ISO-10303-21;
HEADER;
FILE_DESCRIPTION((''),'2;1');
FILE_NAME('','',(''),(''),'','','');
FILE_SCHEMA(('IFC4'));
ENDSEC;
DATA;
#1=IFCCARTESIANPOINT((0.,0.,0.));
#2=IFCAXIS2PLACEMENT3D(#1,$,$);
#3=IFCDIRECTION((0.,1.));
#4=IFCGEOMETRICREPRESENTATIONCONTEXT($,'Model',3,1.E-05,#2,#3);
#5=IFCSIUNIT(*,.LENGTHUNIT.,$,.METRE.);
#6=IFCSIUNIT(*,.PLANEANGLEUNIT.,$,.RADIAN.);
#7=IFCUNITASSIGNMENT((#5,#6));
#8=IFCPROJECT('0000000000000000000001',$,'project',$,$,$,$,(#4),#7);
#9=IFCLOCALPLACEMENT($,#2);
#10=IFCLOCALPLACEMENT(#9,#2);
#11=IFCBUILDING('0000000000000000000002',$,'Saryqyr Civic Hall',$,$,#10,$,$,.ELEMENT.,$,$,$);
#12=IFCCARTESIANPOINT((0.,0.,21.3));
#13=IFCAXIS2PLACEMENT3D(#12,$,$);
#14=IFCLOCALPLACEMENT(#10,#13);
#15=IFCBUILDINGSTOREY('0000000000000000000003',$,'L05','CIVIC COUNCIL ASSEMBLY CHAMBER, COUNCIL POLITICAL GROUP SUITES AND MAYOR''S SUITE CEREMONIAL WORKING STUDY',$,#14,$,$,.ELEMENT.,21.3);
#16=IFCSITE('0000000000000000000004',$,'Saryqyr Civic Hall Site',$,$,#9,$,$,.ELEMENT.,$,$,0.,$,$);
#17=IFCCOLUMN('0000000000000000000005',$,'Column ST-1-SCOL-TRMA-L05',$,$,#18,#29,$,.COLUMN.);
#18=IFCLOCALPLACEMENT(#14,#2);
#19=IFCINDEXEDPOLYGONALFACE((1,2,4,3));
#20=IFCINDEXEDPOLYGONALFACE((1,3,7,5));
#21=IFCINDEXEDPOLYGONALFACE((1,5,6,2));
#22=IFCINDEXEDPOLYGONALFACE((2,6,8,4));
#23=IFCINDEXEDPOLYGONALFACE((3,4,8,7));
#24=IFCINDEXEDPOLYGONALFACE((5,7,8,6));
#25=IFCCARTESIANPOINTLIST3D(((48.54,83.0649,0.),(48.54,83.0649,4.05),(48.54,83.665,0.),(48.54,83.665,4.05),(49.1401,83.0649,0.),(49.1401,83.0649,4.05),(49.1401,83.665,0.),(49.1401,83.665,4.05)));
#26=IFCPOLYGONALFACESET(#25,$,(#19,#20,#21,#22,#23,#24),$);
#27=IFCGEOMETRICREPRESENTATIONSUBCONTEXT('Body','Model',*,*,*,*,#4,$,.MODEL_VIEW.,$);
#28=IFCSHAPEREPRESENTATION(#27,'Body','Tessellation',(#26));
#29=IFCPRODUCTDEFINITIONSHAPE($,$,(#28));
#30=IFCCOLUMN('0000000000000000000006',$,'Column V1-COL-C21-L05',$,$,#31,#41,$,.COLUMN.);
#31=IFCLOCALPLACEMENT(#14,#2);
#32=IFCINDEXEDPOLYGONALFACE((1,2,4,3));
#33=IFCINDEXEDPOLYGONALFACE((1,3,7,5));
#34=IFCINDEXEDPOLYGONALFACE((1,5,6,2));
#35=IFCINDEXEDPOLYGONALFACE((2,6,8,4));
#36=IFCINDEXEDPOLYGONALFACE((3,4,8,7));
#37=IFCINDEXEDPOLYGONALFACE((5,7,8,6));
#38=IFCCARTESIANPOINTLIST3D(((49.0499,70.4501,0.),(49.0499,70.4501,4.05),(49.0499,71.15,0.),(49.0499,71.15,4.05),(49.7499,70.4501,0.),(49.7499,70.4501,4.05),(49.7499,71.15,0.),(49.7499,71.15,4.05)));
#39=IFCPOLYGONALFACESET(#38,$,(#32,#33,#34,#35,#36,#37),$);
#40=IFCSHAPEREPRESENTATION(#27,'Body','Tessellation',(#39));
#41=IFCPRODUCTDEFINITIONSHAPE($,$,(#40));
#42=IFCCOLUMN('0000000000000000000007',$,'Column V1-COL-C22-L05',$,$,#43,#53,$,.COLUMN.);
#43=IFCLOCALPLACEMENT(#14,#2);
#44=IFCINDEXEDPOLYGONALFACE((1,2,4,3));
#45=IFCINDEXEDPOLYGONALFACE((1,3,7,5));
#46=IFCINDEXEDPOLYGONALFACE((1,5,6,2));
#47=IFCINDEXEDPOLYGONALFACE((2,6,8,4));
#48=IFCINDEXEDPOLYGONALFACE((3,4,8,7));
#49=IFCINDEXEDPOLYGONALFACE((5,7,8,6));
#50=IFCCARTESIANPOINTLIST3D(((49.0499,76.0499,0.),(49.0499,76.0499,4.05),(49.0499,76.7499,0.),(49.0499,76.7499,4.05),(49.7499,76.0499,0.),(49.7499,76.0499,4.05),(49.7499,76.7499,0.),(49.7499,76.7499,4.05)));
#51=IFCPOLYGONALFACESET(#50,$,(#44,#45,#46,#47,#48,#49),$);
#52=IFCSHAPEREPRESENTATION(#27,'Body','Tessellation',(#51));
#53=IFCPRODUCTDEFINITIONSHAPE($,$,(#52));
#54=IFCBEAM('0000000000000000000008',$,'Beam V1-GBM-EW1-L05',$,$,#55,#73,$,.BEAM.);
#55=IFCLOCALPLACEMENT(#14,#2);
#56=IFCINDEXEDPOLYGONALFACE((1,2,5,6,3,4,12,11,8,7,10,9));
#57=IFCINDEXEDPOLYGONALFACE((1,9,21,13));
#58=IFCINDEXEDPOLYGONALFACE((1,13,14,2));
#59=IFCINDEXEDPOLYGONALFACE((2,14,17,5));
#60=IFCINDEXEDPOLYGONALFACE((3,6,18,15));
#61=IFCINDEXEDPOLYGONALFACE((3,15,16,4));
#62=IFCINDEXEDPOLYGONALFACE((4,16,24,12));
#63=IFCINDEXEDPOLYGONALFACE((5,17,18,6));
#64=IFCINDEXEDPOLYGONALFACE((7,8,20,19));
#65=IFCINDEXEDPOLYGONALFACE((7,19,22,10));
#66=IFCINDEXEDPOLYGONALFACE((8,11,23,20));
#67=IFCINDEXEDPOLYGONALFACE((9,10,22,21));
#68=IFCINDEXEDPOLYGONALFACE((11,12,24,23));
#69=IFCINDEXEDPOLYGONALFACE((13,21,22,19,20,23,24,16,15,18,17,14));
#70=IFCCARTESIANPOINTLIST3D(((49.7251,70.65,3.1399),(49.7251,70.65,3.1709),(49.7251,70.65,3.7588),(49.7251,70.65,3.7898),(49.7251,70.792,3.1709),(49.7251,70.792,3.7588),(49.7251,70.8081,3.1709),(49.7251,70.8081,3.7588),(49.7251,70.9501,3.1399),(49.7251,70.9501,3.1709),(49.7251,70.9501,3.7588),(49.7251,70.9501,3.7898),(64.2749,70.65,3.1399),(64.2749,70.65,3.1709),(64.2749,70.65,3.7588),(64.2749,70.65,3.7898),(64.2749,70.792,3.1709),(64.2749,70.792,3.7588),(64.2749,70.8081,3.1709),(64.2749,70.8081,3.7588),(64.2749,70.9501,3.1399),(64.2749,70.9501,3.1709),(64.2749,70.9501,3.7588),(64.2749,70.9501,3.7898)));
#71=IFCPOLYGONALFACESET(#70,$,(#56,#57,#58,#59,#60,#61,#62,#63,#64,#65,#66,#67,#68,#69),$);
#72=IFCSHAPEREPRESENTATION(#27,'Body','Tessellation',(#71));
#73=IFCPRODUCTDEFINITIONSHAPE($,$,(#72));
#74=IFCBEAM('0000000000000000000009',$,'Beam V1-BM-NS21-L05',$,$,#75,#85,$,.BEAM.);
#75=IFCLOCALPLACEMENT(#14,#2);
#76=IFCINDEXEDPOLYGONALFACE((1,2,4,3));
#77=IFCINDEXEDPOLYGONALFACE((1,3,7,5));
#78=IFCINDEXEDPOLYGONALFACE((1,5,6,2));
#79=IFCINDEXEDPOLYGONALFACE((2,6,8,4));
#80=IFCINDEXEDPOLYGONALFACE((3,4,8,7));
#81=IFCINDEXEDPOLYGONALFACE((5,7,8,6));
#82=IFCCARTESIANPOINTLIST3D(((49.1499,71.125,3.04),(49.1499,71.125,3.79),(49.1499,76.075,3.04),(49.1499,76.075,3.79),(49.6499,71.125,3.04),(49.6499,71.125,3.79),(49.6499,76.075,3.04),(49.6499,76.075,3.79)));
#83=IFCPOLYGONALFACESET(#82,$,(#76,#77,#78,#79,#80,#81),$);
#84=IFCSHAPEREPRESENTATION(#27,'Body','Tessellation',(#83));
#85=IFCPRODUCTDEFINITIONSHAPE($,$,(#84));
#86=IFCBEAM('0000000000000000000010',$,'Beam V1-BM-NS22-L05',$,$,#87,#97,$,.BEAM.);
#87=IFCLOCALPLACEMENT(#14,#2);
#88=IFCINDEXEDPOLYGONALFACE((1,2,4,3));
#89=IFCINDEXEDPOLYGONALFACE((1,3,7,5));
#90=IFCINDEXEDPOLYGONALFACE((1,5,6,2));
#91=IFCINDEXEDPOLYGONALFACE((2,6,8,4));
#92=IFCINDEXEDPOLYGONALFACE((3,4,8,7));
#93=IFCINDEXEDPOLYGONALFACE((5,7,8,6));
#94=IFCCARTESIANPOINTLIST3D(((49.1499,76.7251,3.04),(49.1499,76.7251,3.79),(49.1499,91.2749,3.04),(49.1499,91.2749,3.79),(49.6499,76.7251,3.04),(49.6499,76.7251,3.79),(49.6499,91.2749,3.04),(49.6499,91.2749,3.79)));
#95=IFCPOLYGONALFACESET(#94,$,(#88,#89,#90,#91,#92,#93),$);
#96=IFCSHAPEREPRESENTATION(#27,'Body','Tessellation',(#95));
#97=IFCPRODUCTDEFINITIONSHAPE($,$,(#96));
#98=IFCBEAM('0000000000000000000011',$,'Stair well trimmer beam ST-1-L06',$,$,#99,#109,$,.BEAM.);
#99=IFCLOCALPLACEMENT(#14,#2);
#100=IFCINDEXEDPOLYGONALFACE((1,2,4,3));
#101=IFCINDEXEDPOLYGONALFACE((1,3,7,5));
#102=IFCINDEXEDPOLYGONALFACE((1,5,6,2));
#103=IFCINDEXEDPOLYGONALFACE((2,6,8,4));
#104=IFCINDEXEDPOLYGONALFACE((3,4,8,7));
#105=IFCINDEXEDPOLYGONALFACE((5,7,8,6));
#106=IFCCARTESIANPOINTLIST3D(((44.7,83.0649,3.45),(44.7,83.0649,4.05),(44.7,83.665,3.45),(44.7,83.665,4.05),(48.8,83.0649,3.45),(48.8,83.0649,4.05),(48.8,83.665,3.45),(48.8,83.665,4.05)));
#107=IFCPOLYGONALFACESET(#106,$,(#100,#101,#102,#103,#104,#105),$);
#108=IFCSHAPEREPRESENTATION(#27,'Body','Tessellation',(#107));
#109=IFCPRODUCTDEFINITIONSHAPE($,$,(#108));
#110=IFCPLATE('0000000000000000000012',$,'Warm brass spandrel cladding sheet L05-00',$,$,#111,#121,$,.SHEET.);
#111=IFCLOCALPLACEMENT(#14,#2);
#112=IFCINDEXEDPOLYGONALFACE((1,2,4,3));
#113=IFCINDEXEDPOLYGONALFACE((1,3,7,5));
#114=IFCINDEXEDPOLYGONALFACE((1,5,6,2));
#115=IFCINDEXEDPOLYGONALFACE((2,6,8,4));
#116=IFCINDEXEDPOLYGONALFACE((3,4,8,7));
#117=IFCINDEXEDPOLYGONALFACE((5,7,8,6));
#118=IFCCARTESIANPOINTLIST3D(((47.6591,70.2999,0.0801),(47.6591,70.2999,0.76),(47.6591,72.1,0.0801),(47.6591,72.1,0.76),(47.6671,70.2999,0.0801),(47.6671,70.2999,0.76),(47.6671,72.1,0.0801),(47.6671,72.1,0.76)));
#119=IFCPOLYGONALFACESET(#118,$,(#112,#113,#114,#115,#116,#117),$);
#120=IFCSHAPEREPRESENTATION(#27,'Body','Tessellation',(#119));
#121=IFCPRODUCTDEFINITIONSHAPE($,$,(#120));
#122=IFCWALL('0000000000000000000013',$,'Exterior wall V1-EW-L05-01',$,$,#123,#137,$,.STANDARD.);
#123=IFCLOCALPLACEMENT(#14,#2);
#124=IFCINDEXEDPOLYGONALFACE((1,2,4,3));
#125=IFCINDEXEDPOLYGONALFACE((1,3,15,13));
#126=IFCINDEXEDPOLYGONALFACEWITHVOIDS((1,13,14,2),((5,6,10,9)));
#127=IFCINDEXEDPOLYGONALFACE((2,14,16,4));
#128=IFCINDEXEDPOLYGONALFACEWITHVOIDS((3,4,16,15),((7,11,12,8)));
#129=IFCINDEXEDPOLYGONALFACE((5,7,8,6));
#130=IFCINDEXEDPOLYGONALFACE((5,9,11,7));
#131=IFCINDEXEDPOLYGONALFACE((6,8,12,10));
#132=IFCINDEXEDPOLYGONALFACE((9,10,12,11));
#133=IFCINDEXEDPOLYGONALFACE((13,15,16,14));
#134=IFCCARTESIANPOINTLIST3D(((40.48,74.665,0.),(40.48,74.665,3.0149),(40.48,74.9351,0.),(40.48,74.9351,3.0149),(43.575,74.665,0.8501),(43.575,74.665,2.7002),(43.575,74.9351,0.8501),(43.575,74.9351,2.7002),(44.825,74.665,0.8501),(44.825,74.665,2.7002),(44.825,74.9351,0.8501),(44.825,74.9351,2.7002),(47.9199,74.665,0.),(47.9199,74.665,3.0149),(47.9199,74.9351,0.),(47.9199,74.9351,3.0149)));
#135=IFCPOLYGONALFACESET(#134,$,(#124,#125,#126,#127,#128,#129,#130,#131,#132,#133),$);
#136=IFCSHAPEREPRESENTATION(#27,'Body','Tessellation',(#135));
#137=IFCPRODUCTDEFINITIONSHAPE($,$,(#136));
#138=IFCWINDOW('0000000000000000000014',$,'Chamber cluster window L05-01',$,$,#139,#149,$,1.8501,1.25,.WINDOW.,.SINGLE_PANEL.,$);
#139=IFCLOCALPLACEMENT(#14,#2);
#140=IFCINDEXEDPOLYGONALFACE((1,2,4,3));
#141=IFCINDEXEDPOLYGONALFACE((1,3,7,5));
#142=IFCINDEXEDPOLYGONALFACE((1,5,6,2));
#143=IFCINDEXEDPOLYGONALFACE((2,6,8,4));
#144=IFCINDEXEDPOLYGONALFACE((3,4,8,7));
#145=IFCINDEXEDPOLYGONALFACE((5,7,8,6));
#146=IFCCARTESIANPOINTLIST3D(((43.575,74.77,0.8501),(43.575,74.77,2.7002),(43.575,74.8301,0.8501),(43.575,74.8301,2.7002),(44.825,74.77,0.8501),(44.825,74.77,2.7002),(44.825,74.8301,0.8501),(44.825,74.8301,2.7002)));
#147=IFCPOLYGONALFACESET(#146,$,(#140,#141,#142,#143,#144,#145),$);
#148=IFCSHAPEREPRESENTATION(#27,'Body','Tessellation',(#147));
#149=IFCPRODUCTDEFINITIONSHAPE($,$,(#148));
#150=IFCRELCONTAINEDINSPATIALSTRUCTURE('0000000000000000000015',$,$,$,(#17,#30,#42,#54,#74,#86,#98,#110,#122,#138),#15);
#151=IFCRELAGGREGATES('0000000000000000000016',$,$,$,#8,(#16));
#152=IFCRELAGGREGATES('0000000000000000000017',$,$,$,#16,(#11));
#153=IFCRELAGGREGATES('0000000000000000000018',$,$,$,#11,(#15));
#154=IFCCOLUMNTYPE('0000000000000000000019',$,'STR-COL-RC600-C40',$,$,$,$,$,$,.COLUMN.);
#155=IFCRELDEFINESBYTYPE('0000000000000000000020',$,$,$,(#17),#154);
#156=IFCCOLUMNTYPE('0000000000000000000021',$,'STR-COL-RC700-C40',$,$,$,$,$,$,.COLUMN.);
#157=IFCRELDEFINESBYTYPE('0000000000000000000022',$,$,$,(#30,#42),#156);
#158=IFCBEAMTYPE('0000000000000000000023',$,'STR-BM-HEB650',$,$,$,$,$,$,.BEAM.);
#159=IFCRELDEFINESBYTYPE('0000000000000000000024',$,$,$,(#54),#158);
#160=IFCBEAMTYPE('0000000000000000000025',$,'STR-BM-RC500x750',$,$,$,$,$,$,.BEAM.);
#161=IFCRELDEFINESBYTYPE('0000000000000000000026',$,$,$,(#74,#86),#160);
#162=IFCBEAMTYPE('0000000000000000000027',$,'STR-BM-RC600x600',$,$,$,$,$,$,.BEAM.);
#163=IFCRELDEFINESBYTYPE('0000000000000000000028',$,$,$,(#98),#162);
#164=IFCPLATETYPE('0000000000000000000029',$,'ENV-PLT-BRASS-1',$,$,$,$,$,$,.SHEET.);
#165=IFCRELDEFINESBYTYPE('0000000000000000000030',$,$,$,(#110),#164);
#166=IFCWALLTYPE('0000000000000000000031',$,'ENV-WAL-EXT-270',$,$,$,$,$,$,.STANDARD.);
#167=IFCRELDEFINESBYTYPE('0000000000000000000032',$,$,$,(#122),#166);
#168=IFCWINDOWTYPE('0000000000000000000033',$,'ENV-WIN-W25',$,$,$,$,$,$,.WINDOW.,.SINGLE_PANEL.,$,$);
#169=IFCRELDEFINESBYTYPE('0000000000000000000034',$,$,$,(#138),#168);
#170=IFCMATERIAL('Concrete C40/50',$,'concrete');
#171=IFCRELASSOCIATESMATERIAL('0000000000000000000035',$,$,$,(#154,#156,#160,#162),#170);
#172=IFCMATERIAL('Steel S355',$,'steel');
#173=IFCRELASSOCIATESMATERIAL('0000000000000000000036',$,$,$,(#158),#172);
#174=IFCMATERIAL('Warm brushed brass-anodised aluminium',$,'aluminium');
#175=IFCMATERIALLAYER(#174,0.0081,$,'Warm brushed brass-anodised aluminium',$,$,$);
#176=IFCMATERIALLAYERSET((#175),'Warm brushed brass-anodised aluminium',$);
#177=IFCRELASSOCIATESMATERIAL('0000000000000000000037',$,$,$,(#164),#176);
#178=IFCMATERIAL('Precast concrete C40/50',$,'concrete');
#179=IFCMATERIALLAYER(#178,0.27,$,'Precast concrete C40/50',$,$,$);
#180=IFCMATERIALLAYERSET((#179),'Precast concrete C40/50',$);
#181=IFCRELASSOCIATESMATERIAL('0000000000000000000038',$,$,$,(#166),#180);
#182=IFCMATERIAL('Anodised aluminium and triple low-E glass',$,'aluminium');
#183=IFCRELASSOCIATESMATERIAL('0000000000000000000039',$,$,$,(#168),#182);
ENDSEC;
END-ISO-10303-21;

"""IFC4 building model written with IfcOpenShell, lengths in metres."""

from ifc_helpers import new_model, si_unit, direction, frame, frame_2d, origin, origin_2d, place, context, subcontext, project, spatial, rectangle, i_section, extrude, material, layer, layer_set, material_profile, profile_set, type_object, element, fill, save


model = new_model("IFC4")

# Units and contexts
model_context = context("Model", 3, precision=1e-05, world=origin(), true_north=direction((0.0, 1.0)))
body_context = subcontext(model_context, "Body", "Model", "MODEL_VIEW")
ifc_project = project(units=[si_unit("LENGTHUNIT", "METRE"), si_unit("PLANEANGLEUNIT", "RADIAN")], contexts=[model_context])

# Site, building, storey
site_placement = place(None, origin())
site = spatial("IfcSite", under=ifc_project, at=site_placement, Name="Saryqyr Civic Hall Site", CompositionType="ELEMENT", RefElevation=0.0)
building_placement = place(site_placement, origin())
building = spatial("IfcBuilding", under=site, at=building_placement, Name="Saryqyr Civic Hall", CompositionType="ELEMENT")
storey_placement = place(building_placement, frame((0.0, 0.0, 21.3)))
storey = spatial("IfcBuildingStorey", under=building, at=storey_placement, Name="L05", Description="CIVIC COUNCIL ASSEMBLY CHAMBER, COUNCIL POLITICAL GROUP SUITES AND MAYOR'S SUITE CEREMONIAL WORKING STUDY", CompositionType="ELEMENT", Elevation=21.3)

# Columns
ifc_material_1 = material(Name="Concrete C40/50", Category="concrete")
ifc_material_profile_1 = material_profile(ifc_material_1, rectangle(XDim=0.6001, YDim=0.6001, at=origin_2d()), Name="RC 600x600")
ifc_profile_set_1 = profile_set([ifc_material_profile_1], Name="Concrete C40/50")
column_type_1 = type_object("IfcColumnType", Name="STR-COL-RC600-C40", PredefinedType="COLUMN", material=ifc_profile_set_1)
column_placement = place(storey_placement, frame((48.8401, 83.365, 0.0), z_axis=(0.0, 0.0, 1.0), x_axis=(1.0, 0.0, 0.0)))
element("IfcColumn", 1, at=column_placement, inside=storey, type_object=column_type_1, Name="Column ST-1-SCOL-TRMA-L05", PredefinedType="COLUMN", context=body_context, shape_type="SweptSolid", body=[
    extrude(rectangle(XDim=0.6001, YDim=0.6001, at=origin_2d()), origin(), (0.0, 0.0, 1.0), 4.05),
])
ifc_material_profile_2 = material_profile(ifc_material_1, rectangle(XDim=0.7, YDim=0.7, at=origin_2d()), Name="RC 700x700")
ifc_profile_set_2 = profile_set([ifc_material_profile_2], Name="Concrete C40/50")
column_type_2 = type_object("IfcColumnType", Name="STR-COL-RC700-C40", PredefinedType="COLUMN", material=ifc_profile_set_2)
for number, where, z_axis, x_axis, name in (
    (2, (49.3999, 70.8, 0.0), (0.0, 0.0, 1.0), (1.0, 0.0, 0.0), "Column V1-COL-C21-L05"),
    (3, (49.3999, 76.3999, 0.0), (0.0, 0.0, 1.0), (1.0, 0.0, 0.0), "Column V1-COL-C22-L05"),
):
    element("IfcColumn", number, at=place(storey_placement, frame(where, z_axis=z_axis, x_axis=x_axis)), inside=storey, type_object=column_type_2, Name=name, PredefinedType="COLUMN", context=body_context, shape_type="SweptSolid", body=[
        extrude(rectangle(XDim=0.7, YDim=0.7, at=origin_2d()), origin(), (0.0, 0.0, 1.0), 4.05),
    ])

# Beams
ifc_material_2 = material(Name="Steel S355", Category="steel")
ifc_material_profile_3 = material_profile(ifc_material_2, i_section(OverallWidth=0.3, OverallDepth=0.6499, WebThickness=0.0161, FlangeThickness=0.031, at=origin_2d()), Name="HEB 650")
ifc_profile_set_3 = profile_set([ifc_material_profile_3], Name="Steel S355")
beam_type_1 = type_object("IfcBeamType", Name="STR-BM-HEB650", PredefinedType="BEAM", material=ifc_profile_set_3)
beam_1_placement = place(storey_placement, frame((49.7251, 70.8, 3.4648), z_axis=(1.0, 0.0, 0.0), x_axis=(0.0, 1.0, 0.0)))
element("IfcBeam", 4, at=beam_1_placement, inside=storey, type_object=beam_type_1, Name="Beam V1-GBM-EW1-L05", PredefinedType="BEAM", context=body_context, shape_type="SweptSolid", body=[
    extrude(i_section(OverallWidth=0.3, OverallDepth=0.6499, WebThickness=0.0161, FlangeThickness=0.031, at=origin_2d()), origin(), (0.0, 0.0, 1.0), 14.5498),
])
ifc_material_profile_4 = material_profile(ifc_material_1, rectangle(XDim=0.5, YDim=0.75, at=origin_2d()), Name="RC 500x750")
ifc_profile_set_4 = profile_set([ifc_material_profile_4], Name="Concrete C40/50")
beam_type_2 = type_object("IfcBeamType", Name="STR-BM-RC500x750", PredefinedType="BEAM", material=ifc_profile_set_4)
beam_2_placement = place(storey_placement, frame((49.3999, 71.125, 3.415), z_axis=(0.0, 1.0, 0.0), x_axis=(-1.0, 0.0, 0.0)))
element("IfcBeam", 5, at=beam_2_placement, inside=storey, type_object=beam_type_2, Name="Beam V1-BM-NS21-L05", PredefinedType="BEAM", context=body_context, shape_type="SweptSolid", body=[
    extrude(rectangle(XDim=0.5, YDim=0.75, at=origin_2d()), origin(), (0.0, 0.0, 1.0), 4.95),
])
beam_3_placement = place(storey_placement, frame((49.3999, 76.7251, 3.415), z_axis=(0.0, 1.0, 0.0), x_axis=(-1.0, 0.0, 0.0)))
element("IfcBeam", 6, at=beam_3_placement, inside=storey, type_object=beam_type_2, Name="Beam V1-BM-NS22-L05", PredefinedType="BEAM", context=body_context, shape_type="SweptSolid", body=[
    extrude(rectangle(XDim=0.5, YDim=0.75, at=origin_2d()), origin(), (0.0, 0.0, 1.0), 14.5498),
])
ifc_material_profile_5 = material_profile(ifc_material_1, rectangle(XDim=0.6001, YDim=0.6001, at=origin_2d()), Name="RC 600x600")
ifc_profile_set_5 = profile_set([ifc_material_profile_5], Name="Concrete C40/50")
beam_type_3 = type_object("IfcBeamType", Name="STR-BM-RC600x600", PredefinedType="BEAM", material=ifc_profile_set_5)
beam_4_placement = place(storey_placement, frame((48.8, 83.365, 3.75), z_axis=(-1.0, 0.0, 0.0), x_axis=(0.0, -1.0, 0.0)))
element("IfcBeam", 7, at=beam_4_placement, inside=storey, type_object=beam_type_3, Name="Stair well trimmer beam ST-1-L06", PredefinedType="BEAM", context=body_context, shape_type="SweptSolid", body=[
    extrude(rectangle(XDim=0.6001, YDim=0.6001, at=origin_2d()), origin(), (0.0, 0.0, 1.0), 4.1001),
])

# Plate
ifc_material_3 = material(Name="Warm brushed brass-anodised aluminium", Category="aluminium")
ifc_layer_1 = layer(ifc_material_3, 0.0081, Name="Warm brushed brass-anodised aluminium")
ifc_layer_set_1 = layer_set([ifc_layer_1], Name="Warm brushed brass-anodised aluminium")
plate_type = type_object("IfcPlateType", Name="ENV-PLT-BRASS-1", PredefinedType="SHEET", material=ifc_layer_set_1)
plate_placement = place(storey_placement, frame((47.6631, 71.2, 0.0801), z_axis=(0.0, 0.0, 1.0), x_axis=(0.0, 1.0, 0.0)))
element("IfcPlate", 8, at=plate_placement, inside=storey, type_object=plate_type, Name="Warm brass spandrel cladding sheet L05-00", PredefinedType="SHEET", context=body_context, shape_type="SweptSolid", body=[
    extrude(rectangle(XDim=1.8, YDim=0.0081, at=origin_2d()), origin(), (0.0, 0.0, 1.0), 0.6799),
])

# Wall, opening, window
ifc_material_4 = material(Name="Precast concrete C40/50", Category="concrete")
ifc_layer_2 = layer(ifc_material_4, 0.27, Name="Precast concrete C40/50")
ifc_layer_set_2 = layer_set([ifc_layer_2], Name="Precast concrete C40/50")
wall_type_1 = type_object("IfcWallType", Name="ENV-WAL-EXT-270", PredefinedType="STANDARD", material=ifc_layer_set_2)
wall_1_placement = place(storey_placement, frame((47.9199, 74.8, 0.0), z_axis=(0.0, 0.0, 1.0), x_axis=(-1.0, 0.0, 0.0)))
wall_1 = element("IfcWall", 9, at=wall_1_placement, inside=storey, type_object=wall_type_1, Name="Exterior wall V1-EW-L05-01", PredefinedType="STANDARD", context=body_context, shape_type="SweptSolid", body=[
    extrude(rectangle(XDim=7.4399, YDim=0.27, at=frame_2d((3.72, 0.0))), origin(), (0.0, 0.0, 1.0), 3.0149),
])
opening_1_placement = place(wall_1_placement, frame((3.095, 0.0, 0.8501)))
opening_1 = element("IfcOpeningElement", 10, at=opening_1_placement, cuts=wall_1, PredefinedType="OPENING", context=body_context, shape_type="SweptSolid", body=[
    extrude(rectangle(XDim=1.25, YDim=1.8501, at=frame_2d((0.625, 0.925))), frame((0.0, 0.145, 0.0), z_axis=(0.0, -1.0, 0.0), x_axis=(1.0, 0.0, 0.0)), (0.0, 0.0, 1.0), 0.29),
])
ifc_material_5 = material(Name="Anodised aluminium and triple low-E glass", Category="aluminium")
window_type = type_object("IfcWindowType", Name="ENV-WIN-W25", PartitioningType="SINGLE_PANEL", PredefinedType="WINDOW", material=ifc_material_5)
window_placement = place(opening_1_placement, origin())
window = element("IfcWindow", 11, at=window_placement, inside=storey, type_object=window_type, Name="Chamber cluster window L05-01", OverallHeight=1.8501, OverallWidth=1.25, PartitioningType="SINGLE_PANEL", PredefinedType="WINDOW", context=body_context, shape_type="SweptSolid", body=[
    extrude(rectangle(XDim=1.25, YDim=1.8501, at=frame_2d((0.625, 0.925))), frame((0.0, 0.03, 0.0), z_axis=(0.0, -1.0, 0.0), x_axis=(1.0, 0.0, 0.0)), (0.0, 0.0, 1.0), 0.0601),
])
fill(opening_1, window)

save(model, "model.ifc")
